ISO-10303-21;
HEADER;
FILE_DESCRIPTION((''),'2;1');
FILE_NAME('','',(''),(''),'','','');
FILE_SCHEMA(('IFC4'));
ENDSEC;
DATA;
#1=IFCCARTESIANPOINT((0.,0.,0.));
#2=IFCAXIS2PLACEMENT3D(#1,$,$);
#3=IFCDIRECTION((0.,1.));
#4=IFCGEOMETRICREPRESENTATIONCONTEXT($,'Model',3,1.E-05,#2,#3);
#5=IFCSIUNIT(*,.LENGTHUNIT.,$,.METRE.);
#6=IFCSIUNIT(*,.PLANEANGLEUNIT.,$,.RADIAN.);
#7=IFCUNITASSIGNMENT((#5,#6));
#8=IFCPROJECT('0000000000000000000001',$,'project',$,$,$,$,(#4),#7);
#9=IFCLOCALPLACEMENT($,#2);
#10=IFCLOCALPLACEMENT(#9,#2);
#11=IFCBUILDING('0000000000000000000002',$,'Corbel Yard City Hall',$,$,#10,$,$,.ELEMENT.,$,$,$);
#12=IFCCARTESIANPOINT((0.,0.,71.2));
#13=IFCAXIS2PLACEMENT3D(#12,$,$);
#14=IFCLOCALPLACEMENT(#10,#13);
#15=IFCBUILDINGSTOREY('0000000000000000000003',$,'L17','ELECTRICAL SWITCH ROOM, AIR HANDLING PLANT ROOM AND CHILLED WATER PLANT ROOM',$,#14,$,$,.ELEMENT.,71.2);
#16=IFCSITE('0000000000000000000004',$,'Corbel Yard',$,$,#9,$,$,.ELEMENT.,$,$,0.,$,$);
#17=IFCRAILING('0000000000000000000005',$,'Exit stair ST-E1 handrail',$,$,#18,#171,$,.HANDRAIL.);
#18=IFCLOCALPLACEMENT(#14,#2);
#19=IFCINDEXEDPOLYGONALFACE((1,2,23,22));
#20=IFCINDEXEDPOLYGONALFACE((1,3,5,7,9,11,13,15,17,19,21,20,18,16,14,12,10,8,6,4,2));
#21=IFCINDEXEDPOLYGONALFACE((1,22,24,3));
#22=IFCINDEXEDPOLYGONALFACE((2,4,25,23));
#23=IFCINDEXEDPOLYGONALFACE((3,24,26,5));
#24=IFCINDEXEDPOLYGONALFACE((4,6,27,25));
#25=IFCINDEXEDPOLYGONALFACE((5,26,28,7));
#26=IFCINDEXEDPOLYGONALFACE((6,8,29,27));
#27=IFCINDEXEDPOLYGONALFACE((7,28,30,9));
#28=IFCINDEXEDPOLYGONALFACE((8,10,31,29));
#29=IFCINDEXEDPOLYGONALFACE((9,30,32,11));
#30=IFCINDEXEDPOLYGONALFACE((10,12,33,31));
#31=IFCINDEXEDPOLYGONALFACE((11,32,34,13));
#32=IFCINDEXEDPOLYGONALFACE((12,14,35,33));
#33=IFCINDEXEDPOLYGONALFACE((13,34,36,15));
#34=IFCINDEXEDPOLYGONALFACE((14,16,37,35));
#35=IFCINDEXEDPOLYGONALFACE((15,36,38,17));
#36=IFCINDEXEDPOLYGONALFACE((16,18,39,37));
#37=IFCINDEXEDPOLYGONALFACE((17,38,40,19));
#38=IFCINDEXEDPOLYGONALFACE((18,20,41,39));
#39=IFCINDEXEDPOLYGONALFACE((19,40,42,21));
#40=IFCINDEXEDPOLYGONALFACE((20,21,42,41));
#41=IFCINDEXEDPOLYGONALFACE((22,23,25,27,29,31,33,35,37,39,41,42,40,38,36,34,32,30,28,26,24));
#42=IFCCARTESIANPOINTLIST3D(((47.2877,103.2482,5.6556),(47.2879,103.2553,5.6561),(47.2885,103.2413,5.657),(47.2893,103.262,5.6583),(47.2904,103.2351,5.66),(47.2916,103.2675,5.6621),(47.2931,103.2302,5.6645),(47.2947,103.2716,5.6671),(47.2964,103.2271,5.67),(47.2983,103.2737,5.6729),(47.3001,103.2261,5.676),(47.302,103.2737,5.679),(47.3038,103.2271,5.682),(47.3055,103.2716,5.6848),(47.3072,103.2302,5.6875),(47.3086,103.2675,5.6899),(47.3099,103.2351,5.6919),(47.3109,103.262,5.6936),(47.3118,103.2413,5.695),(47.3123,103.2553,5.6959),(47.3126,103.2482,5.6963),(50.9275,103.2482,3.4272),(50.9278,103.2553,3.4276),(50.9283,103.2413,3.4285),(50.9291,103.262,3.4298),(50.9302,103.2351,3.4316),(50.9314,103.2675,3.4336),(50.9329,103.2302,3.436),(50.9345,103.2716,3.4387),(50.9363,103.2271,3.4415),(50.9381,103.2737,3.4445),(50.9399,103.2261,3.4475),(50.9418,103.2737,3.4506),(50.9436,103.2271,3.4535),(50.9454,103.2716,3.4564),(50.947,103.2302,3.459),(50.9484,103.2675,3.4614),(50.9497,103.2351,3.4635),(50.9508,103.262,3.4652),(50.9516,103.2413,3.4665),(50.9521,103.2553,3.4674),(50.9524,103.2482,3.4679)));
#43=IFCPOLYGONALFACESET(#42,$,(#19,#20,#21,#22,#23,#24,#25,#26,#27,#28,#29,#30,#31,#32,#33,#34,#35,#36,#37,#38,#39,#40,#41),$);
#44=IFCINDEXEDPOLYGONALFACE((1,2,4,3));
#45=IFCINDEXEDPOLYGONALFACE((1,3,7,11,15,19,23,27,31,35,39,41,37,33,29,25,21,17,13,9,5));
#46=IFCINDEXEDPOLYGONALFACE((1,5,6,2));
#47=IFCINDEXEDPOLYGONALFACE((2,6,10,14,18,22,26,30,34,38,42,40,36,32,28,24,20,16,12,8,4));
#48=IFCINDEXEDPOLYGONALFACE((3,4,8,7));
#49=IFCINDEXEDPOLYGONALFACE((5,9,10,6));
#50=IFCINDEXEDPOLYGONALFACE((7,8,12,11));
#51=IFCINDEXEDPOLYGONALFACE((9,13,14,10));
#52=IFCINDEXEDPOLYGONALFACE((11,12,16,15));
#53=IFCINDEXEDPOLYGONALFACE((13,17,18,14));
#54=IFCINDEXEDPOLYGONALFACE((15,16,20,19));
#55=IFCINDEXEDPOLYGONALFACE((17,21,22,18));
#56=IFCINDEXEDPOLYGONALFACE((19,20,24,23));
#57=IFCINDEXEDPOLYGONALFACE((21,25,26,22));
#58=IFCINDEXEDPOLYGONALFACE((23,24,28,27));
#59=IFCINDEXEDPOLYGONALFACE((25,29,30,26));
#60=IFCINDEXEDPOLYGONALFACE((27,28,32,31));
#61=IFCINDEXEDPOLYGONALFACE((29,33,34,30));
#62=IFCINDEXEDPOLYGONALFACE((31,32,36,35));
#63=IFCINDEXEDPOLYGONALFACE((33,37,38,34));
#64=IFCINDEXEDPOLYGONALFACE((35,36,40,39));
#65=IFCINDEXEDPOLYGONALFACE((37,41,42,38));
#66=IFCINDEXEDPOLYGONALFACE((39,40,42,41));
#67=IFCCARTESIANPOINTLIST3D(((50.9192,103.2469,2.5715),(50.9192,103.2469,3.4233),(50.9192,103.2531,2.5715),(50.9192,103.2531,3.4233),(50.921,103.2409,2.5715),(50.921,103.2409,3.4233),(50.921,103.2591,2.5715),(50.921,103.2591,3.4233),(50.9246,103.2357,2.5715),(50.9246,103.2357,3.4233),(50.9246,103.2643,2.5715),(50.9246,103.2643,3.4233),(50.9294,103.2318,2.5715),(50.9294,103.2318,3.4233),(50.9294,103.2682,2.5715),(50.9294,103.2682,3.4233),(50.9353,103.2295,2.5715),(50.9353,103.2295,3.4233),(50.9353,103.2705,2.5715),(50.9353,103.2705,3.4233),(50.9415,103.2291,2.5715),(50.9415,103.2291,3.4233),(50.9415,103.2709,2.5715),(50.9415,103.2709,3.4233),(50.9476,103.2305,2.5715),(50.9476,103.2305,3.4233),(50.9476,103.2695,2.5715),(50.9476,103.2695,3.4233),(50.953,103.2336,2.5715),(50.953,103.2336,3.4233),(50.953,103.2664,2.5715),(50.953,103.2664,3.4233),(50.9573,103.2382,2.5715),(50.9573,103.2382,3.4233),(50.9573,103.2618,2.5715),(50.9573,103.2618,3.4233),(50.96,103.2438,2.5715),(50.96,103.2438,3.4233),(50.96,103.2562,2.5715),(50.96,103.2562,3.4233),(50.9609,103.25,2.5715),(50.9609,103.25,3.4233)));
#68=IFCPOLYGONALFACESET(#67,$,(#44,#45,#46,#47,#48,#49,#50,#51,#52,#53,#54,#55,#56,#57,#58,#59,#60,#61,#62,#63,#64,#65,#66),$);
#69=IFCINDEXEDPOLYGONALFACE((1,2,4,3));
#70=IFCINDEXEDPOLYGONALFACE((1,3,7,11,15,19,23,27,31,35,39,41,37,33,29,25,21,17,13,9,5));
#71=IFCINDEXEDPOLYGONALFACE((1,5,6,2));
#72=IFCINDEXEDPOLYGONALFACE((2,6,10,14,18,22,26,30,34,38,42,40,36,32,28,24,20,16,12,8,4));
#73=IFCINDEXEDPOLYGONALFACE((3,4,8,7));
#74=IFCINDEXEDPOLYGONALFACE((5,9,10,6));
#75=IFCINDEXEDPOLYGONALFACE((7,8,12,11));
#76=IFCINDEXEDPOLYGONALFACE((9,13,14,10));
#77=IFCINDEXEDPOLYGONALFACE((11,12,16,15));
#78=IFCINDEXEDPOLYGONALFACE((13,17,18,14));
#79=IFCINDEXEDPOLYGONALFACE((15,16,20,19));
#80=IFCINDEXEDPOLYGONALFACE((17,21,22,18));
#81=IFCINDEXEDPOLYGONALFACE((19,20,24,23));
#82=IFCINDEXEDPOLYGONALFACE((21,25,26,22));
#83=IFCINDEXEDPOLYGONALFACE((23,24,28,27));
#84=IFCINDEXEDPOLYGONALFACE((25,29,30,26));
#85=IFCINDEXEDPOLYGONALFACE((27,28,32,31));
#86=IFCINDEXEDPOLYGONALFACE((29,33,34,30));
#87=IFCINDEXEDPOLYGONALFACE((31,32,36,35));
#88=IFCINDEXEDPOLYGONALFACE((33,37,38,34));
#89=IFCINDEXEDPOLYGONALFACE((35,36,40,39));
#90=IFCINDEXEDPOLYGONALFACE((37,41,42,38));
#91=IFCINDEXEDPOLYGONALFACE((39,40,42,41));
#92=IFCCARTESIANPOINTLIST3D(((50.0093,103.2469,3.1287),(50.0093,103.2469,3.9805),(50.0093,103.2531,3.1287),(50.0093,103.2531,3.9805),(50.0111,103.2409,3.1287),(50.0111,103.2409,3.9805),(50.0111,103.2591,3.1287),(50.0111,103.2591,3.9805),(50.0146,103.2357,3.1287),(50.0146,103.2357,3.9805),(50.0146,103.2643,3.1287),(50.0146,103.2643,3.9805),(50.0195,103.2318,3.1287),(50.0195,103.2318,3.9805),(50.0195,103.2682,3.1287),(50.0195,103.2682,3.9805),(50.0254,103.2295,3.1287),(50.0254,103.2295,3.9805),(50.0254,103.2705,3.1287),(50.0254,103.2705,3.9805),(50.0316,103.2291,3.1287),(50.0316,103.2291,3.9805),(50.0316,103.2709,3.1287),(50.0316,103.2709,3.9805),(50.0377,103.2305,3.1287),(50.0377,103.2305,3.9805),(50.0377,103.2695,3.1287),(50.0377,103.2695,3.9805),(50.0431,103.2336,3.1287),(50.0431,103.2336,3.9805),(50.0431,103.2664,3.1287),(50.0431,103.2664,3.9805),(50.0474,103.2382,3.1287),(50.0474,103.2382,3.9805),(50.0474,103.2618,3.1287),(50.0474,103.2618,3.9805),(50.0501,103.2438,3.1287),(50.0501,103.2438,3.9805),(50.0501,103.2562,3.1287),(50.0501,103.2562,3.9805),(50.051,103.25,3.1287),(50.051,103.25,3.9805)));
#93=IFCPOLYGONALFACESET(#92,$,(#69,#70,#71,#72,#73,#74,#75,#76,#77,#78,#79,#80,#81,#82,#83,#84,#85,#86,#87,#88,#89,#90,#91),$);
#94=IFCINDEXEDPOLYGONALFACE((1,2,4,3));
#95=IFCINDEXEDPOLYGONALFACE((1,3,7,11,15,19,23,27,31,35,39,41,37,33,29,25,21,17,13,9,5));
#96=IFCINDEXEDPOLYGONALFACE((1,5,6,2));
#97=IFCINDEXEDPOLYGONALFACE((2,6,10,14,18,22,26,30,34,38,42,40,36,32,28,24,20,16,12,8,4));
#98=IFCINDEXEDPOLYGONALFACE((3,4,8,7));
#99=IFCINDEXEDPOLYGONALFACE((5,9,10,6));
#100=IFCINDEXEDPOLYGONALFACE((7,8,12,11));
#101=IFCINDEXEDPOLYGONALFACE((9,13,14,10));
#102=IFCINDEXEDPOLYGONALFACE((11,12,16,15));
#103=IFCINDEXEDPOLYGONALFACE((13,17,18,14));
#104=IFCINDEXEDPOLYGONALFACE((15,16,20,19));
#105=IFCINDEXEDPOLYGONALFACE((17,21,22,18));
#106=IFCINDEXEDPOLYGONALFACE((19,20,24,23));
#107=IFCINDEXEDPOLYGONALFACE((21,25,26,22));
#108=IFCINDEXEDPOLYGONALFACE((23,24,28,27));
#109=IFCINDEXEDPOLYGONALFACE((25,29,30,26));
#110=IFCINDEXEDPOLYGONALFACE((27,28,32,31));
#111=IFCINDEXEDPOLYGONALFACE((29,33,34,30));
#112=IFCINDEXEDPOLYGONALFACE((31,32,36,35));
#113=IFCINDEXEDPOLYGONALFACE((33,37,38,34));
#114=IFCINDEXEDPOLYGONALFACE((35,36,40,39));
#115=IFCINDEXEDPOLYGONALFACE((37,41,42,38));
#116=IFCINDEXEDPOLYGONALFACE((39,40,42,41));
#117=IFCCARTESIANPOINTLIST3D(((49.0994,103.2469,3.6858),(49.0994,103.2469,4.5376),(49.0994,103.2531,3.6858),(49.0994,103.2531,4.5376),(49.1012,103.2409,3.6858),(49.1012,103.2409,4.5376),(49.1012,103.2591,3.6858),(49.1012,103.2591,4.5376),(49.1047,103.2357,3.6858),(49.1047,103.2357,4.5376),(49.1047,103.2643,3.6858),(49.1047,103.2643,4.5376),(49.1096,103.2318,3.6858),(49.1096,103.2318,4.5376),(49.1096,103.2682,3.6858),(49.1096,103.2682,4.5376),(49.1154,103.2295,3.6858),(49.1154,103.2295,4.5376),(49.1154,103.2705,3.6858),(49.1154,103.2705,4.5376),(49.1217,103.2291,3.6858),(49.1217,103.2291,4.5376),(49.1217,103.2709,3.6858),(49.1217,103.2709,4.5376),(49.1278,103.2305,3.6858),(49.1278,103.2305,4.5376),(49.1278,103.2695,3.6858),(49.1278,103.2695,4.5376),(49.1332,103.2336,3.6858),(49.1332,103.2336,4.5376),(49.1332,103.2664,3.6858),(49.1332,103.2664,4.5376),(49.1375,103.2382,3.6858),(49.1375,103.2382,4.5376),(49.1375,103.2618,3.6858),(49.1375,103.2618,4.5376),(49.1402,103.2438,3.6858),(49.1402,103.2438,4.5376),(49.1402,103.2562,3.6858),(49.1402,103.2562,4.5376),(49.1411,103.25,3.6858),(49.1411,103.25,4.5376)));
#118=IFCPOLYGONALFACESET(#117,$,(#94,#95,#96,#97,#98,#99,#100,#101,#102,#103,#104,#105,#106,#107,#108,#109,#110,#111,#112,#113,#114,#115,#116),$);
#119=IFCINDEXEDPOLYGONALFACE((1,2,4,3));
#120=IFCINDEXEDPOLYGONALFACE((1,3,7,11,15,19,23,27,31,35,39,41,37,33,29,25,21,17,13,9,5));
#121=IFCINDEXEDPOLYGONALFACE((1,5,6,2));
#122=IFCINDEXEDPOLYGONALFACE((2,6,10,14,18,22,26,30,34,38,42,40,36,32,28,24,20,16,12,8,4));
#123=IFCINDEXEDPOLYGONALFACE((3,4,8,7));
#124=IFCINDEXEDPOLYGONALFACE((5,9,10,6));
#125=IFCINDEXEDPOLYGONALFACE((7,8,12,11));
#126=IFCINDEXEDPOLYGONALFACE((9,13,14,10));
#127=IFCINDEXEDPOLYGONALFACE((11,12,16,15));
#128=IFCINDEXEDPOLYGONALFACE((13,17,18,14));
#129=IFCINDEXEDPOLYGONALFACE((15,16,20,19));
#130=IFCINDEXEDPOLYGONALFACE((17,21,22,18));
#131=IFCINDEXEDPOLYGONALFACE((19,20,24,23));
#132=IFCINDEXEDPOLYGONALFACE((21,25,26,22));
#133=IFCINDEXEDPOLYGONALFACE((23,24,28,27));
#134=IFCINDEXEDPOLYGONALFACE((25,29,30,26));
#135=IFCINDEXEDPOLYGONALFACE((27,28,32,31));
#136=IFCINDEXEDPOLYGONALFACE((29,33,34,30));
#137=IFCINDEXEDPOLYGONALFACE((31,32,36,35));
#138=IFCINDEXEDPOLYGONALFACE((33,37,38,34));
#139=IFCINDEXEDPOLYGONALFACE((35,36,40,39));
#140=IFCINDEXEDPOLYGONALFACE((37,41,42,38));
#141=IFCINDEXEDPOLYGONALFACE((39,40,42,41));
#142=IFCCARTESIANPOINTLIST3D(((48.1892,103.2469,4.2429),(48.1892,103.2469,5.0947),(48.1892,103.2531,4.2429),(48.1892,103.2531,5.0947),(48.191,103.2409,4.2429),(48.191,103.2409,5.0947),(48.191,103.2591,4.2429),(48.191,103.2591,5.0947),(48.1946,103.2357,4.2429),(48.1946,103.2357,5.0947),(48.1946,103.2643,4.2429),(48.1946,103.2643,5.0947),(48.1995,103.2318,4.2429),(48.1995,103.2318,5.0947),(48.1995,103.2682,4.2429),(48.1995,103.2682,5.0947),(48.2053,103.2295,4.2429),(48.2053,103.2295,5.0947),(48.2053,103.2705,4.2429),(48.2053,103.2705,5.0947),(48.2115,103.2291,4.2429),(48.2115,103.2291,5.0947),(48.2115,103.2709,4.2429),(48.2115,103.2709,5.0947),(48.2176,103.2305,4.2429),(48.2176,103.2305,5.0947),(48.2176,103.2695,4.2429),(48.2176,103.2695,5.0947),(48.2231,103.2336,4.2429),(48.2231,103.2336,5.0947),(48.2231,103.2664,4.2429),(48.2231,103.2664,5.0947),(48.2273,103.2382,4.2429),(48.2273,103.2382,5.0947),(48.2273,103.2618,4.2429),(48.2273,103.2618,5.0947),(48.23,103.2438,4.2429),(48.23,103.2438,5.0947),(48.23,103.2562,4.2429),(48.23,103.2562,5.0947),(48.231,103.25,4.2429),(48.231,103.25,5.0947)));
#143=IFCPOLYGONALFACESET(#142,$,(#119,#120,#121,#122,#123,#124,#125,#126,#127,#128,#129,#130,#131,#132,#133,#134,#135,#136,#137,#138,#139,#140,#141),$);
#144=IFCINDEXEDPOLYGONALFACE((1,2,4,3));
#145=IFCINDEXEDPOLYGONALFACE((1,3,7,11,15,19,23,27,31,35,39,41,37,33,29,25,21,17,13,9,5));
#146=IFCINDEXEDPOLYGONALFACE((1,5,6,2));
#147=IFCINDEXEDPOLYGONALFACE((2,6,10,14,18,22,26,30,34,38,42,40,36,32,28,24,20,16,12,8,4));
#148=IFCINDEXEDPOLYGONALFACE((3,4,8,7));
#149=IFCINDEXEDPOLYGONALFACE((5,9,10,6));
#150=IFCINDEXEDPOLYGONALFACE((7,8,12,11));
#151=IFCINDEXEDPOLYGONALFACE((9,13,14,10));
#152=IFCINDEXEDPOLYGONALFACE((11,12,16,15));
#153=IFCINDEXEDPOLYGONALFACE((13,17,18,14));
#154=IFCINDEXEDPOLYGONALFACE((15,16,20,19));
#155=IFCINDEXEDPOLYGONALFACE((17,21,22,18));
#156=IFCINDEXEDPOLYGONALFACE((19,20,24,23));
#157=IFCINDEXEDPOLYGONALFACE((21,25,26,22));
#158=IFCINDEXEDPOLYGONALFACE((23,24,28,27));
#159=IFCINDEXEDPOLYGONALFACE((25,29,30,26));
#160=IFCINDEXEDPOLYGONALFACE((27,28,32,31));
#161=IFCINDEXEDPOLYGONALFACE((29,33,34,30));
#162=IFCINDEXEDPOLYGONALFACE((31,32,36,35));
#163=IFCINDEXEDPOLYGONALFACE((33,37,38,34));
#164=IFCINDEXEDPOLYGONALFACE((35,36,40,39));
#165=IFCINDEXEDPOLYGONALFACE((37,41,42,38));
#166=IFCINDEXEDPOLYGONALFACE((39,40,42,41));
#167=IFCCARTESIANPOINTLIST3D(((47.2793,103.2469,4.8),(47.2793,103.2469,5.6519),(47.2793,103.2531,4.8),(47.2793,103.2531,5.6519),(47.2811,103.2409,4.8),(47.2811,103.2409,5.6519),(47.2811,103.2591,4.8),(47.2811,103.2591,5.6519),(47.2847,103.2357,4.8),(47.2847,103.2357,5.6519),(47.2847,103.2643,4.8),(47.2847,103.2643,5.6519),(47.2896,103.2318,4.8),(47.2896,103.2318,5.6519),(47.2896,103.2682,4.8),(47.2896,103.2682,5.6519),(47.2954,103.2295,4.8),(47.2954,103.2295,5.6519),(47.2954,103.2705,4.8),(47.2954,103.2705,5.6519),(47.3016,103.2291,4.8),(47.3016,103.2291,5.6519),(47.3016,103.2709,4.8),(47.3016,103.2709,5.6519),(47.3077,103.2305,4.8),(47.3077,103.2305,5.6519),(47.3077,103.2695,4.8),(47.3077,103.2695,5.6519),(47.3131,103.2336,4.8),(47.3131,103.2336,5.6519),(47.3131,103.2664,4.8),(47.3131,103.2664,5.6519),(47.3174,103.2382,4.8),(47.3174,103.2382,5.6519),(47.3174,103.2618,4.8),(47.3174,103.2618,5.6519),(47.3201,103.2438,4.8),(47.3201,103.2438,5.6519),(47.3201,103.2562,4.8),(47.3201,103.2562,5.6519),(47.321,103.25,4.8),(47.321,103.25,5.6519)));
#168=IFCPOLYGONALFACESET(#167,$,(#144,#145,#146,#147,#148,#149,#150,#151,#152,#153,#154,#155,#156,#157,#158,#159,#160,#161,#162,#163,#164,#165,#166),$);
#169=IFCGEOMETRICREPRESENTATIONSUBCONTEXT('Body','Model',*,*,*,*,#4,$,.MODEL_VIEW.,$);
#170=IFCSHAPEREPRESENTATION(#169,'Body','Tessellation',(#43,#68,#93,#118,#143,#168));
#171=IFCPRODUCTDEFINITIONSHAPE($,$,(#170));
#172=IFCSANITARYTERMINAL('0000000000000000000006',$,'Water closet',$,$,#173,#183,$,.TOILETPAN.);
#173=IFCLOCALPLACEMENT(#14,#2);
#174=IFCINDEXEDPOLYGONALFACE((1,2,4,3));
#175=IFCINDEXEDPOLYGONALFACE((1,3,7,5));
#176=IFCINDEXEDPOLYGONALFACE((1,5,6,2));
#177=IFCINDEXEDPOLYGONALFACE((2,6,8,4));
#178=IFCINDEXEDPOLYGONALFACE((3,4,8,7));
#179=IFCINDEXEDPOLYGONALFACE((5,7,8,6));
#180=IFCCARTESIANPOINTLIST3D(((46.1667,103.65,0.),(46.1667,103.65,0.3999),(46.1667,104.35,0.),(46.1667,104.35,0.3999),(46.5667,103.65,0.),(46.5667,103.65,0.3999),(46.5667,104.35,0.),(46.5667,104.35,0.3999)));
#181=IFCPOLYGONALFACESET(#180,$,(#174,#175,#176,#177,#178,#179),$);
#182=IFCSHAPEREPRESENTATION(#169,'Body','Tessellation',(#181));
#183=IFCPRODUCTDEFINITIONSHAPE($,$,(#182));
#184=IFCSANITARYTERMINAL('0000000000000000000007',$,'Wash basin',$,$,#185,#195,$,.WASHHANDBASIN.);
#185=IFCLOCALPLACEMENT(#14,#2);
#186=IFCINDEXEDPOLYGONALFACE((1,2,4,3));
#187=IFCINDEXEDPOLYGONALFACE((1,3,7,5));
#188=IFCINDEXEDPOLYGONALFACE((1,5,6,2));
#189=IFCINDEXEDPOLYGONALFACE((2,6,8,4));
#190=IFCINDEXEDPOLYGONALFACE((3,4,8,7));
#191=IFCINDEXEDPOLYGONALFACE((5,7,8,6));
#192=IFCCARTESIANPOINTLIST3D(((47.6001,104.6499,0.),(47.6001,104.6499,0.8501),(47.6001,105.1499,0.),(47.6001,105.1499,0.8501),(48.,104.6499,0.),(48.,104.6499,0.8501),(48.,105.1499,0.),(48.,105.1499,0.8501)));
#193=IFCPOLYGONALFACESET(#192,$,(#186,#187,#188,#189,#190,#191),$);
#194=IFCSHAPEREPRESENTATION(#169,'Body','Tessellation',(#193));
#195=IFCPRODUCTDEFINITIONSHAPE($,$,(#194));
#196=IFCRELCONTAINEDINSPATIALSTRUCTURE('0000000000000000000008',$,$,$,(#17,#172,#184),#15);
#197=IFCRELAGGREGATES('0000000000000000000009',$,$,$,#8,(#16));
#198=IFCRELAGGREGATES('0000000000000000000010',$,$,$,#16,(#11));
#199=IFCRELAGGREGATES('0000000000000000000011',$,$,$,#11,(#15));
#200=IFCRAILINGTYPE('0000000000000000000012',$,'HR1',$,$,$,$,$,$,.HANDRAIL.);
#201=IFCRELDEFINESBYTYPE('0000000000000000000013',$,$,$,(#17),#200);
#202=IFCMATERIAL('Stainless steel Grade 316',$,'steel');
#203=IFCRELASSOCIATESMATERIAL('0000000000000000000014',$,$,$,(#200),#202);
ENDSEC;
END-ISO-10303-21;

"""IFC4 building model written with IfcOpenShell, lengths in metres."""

from ifc_helpers import new_model, si_unit, direction, frame, origin, origin_2d, place, context, subcontext, project, spatial, rectangle, circle, extrude, material, type_object, element, save


model = new_model("IFC4")

# Units and contexts
model_context = context("Model", 3, precision=1e-05, world=origin(), true_north=direction((0.0, 1.0)))
body_context = subcontext(model_context, "Body", "Model", "MODEL_VIEW")
ifc_project = project(units=[si_unit("LENGTHUNIT", "METRE"), si_unit("PLANEANGLEUNIT", "RADIAN")], contexts=[model_context])

# Site, building, storey
site_placement = place(None, origin())
site = spatial("IfcSite", under=ifc_project, at=site_placement, Name="Corbel Yard", CompositionType="ELEMENT", RefElevation=0.0)
building_placement = place(site_placement, origin())
building = spatial("IfcBuilding", under=site, at=building_placement, Name="Corbel Yard City Hall", CompositionType="ELEMENT")
storey_placement = place(building_placement, frame((0.0, 0.0, 71.2)))
storey = spatial("IfcBuildingStorey", under=building, at=storey_placement, Name="L17", Description="ELECTRICAL SWITCH ROOM, AIR HANDLING PLANT ROOM AND CHILLED WATER PLANT ROOM", CompositionType="ELEMENT", Elevation=71.2)

# Shared definitions
ifc_material_1 = material(Name="Stainless steel Grade 316", Category="steel")

# Railing
railing_type = type_object("IfcRailingType", Name="HR1", PredefinedType="HANDRAIL", material=ifc_material_1)
railing_placement = place(storey_placement, frame((50.9399, 103.25, 2.5715)))
element("IfcRailing", 1, at=railing_placement, inside=storey, type_object=railing_type, Name="Exit stair ST-E1 handrail", PredefinedType="HANDRAIL", context=body_context, shape_type="SweptSolid", body=[
    extrude(circle(Radius=0.0239, at=origin_2d()), frame((0.0, 0.0, 0.876), z_axis=(-0.85285, 0.0, 0.522156), x_axis=(0.0, -1.0, 0.0)), (0.0, 0.0, 1.0), 4.2678),
    extrude(circle(Radius=0.021, at=origin_2d()), origin(), (0.0, 0.0, 1.0), 0.8518),
    extrude(circle(Radius=0.021, at=origin_2d()), frame((-0.9099, 0.0, 0.5571)), (0.0, 0.0, 1.0), 0.8518),
    extrude(circle(Radius=0.021, at=origin_2d()), frame((-1.8198, 0.0, 1.1143)), (0.0, 0.0, 1.0), 0.8518),
    extrude(circle(Radius=0.021, at=origin_2d()), frame((-2.73, 0.0, 1.6714)), (0.0, 0.0, 1.0), 0.8518),
    extrude(circle(Radius=0.021, at=origin_2d()), frame((-3.6399, 0.0, 2.2285)), (0.0, 0.0, 1.0), 0.8518),
])

# Sanitary terminals
sanitary_terminal_1_placement = place(storey_placement, frame((46.3667, 104.0, 0.0), z_axis=(0.0, 0.0, 1.0), x_axis=(1.0, 0.0, 0.0)))
element("IfcSanitaryTerminal", 2, at=sanitary_terminal_1_placement, inside=storey, Name="Water closet", PredefinedType="TOILETPAN", context=body_context, shape_type="SweptSolid", body=[
    extrude(rectangle(XDim=0.3999, YDim=0.7, at=origin_2d()), origin(), (0.0, 0.0, 1.0), 0.3999),
])
sanitary_terminal_2_placement = place(storey_placement, frame((47.8, 104.8999, 0.0), z_axis=(0.0, 0.0, 1.0), x_axis=(1.0, 0.0, 0.0)))
element("IfcSanitaryTerminal", 3, at=sanitary_terminal_2_placement, inside=storey, Name="Wash basin", PredefinedType="WASHHANDBASIN", context=body_context, shape_type="SweptSolid", body=[
    extrude(rectangle(XDim=0.3999, YDim=0.5, at=origin_2d()), origin(), (0.0, 0.0, 1.0), 0.8501),
])

save(model, "model.ifc")
